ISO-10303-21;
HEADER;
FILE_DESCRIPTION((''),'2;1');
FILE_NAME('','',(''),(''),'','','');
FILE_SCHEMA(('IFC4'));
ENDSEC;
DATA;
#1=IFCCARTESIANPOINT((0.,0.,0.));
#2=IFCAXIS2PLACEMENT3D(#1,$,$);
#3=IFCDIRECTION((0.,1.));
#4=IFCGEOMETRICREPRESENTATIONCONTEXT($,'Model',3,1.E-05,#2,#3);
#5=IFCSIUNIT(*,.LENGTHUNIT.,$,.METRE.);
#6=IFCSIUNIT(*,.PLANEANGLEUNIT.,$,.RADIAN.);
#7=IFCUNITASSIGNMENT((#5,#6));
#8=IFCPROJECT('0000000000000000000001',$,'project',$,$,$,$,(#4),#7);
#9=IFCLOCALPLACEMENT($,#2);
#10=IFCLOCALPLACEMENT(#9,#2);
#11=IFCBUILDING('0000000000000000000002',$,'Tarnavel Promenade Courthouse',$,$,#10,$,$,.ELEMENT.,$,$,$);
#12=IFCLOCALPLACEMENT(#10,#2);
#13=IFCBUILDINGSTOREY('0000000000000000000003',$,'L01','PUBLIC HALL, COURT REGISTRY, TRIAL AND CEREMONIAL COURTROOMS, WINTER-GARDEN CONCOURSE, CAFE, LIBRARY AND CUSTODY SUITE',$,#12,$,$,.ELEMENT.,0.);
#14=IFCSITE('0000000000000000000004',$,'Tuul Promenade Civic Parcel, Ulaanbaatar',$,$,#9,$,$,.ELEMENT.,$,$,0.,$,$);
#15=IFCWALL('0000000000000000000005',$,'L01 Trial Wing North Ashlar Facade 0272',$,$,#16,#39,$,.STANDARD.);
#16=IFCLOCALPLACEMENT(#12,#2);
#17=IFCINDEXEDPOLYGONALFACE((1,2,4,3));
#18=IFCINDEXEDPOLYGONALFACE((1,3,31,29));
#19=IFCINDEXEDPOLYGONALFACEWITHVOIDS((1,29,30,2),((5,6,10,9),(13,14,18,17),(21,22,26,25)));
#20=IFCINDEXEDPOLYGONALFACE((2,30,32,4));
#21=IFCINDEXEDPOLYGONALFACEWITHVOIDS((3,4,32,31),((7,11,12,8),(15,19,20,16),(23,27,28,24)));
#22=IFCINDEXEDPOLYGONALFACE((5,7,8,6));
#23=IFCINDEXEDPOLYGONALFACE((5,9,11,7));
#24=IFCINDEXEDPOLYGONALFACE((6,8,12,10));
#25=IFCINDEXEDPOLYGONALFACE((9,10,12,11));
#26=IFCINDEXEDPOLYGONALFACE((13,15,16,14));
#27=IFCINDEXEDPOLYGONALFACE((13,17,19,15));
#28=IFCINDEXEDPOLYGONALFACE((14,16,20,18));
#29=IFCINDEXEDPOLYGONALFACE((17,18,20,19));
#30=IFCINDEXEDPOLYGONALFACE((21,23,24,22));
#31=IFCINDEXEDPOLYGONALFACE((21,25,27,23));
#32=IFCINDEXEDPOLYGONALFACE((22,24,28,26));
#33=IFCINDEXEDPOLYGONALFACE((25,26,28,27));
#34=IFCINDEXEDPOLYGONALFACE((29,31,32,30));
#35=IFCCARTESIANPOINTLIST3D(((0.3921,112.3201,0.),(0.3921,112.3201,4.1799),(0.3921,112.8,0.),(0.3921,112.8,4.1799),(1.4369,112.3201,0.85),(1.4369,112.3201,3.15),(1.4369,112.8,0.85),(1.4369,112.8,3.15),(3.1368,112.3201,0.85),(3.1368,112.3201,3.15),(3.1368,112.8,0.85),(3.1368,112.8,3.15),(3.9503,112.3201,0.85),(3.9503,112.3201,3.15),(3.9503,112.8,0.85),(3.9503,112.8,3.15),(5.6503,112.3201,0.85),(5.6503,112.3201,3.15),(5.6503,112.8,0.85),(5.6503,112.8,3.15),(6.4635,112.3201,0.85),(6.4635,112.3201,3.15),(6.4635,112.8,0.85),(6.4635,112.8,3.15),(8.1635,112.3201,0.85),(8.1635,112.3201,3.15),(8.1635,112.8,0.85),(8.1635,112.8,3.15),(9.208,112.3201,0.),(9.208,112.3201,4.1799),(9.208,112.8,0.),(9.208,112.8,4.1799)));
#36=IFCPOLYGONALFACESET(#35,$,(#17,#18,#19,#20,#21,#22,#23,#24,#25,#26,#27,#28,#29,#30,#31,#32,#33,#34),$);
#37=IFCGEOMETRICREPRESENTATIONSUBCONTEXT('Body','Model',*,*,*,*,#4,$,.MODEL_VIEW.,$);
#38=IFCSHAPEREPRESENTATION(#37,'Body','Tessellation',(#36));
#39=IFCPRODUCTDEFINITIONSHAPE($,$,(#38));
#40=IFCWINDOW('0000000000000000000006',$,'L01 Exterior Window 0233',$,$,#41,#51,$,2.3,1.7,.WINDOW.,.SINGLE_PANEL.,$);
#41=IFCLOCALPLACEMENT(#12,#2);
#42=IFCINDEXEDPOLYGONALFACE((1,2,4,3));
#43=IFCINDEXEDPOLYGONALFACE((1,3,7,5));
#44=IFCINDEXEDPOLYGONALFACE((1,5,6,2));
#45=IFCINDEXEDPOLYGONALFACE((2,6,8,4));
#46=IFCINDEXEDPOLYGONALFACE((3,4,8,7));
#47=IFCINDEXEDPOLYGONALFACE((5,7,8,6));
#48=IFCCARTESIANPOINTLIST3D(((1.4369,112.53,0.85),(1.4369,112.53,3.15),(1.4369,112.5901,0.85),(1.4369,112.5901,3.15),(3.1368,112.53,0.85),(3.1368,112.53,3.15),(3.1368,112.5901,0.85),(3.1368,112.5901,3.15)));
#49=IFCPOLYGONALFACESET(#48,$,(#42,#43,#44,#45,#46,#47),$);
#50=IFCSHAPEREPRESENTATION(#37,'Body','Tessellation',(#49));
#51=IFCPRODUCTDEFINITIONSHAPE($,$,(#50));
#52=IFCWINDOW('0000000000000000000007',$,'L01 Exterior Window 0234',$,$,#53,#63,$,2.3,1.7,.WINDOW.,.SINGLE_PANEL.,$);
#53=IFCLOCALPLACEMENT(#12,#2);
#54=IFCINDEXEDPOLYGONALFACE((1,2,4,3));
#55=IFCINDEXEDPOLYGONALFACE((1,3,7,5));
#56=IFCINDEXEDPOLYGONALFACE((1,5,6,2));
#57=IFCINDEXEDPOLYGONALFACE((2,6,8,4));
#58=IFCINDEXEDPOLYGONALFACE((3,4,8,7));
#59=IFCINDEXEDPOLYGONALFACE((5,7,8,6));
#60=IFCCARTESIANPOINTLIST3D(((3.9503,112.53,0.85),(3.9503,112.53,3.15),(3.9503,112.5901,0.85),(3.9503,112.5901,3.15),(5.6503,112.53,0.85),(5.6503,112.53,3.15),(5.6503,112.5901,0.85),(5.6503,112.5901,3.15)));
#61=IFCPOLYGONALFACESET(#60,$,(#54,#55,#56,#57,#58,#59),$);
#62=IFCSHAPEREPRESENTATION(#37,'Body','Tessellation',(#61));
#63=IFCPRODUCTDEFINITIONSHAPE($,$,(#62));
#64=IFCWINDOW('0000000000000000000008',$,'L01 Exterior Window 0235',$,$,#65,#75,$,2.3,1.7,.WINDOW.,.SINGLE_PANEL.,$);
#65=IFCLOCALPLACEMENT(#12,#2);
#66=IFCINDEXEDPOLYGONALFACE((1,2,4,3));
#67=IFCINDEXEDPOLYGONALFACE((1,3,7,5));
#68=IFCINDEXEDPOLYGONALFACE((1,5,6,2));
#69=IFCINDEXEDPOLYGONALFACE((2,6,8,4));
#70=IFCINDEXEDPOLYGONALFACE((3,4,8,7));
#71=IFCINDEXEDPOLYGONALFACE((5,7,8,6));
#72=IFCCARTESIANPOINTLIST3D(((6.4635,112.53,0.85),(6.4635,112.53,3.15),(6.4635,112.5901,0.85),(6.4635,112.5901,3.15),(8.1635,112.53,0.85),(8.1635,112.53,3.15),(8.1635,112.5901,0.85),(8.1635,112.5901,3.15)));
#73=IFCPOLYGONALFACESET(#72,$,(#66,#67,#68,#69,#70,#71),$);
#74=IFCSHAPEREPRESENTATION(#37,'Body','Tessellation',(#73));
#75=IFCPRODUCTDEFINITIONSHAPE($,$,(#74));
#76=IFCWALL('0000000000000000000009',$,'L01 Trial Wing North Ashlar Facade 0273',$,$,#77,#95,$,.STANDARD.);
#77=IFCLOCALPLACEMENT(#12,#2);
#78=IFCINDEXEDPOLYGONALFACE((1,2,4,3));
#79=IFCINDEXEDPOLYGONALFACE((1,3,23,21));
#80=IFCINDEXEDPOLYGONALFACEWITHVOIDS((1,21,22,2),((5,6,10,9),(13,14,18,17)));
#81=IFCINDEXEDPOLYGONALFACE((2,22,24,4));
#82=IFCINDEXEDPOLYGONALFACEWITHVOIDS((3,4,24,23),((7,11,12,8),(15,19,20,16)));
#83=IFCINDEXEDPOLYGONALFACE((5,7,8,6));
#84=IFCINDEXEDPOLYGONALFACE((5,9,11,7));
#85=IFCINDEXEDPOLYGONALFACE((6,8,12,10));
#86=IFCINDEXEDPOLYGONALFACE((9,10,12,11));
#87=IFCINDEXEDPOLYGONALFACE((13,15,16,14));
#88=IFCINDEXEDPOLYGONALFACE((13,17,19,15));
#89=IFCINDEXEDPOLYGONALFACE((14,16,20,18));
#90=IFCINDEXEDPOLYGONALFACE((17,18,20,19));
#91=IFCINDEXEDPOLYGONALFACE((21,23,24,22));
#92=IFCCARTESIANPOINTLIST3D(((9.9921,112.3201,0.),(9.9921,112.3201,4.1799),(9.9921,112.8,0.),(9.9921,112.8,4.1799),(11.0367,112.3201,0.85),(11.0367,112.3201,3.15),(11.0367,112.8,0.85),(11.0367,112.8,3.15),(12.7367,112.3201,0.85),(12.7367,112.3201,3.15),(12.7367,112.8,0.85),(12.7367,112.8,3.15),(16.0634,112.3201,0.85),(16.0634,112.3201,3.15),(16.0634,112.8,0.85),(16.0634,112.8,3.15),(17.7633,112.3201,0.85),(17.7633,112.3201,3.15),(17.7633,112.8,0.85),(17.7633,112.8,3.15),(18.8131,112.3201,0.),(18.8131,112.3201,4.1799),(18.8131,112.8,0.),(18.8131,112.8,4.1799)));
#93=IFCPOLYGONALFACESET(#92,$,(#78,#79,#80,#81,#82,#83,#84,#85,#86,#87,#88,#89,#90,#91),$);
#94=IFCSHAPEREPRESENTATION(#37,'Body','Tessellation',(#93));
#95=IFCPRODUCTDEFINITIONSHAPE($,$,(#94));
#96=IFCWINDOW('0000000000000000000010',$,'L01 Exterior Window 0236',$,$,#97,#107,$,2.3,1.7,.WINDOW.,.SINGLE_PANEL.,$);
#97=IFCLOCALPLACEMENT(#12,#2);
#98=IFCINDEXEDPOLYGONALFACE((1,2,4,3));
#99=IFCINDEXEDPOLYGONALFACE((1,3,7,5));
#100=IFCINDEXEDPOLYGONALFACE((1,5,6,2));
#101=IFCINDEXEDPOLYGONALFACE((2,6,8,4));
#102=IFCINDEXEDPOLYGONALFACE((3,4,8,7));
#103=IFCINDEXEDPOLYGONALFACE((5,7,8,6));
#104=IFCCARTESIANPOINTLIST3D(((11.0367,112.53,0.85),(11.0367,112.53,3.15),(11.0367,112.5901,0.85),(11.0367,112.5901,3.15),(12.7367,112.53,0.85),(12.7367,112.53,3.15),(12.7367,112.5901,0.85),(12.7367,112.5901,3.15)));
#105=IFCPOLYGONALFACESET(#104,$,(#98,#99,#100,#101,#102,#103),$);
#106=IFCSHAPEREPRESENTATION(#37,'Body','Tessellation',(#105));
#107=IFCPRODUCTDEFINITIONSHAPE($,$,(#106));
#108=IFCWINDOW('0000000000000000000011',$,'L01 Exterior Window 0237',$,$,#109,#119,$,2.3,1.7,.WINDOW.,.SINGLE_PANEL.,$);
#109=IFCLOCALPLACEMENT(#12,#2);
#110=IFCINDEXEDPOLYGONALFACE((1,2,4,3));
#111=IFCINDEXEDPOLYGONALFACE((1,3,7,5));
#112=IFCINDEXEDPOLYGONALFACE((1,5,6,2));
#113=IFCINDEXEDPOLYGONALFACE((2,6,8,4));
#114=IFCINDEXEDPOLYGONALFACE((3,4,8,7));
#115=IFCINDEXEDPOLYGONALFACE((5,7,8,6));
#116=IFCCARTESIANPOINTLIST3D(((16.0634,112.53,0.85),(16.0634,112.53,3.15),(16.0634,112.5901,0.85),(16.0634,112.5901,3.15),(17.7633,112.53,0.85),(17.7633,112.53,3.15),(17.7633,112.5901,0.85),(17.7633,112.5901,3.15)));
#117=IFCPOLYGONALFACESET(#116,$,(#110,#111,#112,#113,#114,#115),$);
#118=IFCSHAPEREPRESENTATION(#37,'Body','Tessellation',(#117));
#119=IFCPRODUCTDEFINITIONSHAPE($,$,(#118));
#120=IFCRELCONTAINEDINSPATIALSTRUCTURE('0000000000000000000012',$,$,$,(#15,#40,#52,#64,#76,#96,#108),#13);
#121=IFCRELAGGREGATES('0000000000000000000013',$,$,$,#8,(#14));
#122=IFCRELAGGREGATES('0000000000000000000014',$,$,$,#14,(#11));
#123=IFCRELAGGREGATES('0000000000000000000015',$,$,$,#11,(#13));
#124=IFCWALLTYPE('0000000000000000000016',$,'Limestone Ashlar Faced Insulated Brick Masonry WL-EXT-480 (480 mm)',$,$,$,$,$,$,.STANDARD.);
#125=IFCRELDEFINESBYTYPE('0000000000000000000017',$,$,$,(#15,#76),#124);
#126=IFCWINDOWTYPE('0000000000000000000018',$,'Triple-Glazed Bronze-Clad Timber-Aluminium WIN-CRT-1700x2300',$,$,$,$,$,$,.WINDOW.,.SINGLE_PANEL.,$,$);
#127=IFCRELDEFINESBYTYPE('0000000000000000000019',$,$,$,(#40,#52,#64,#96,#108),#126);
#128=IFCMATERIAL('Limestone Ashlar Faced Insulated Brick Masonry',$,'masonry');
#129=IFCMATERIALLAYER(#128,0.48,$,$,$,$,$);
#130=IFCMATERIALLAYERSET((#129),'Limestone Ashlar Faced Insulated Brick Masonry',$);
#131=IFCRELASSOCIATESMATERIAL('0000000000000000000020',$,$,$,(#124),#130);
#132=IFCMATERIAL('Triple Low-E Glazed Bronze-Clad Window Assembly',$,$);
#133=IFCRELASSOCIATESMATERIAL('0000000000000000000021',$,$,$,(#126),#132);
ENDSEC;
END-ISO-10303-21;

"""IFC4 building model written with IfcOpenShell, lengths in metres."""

from ifc_helpers import new_model, si_unit, direction, frame, frame_2d, origin, place, context, subcontext, project, spatial, rectangle, extrude, material, layer, layer_set, type_object, element, fill, save


model = new_model("IFC4")

# Units and contexts
model_context = context("Model", 3, precision=1e-05, world=origin(), true_north=direction((0.0, 1.0)))
body_context = subcontext(model_context, "Body", "Model", "MODEL_VIEW")
ifc_project = project(units=[si_unit("LENGTHUNIT", "METRE"), si_unit("PLANEANGLEUNIT", "RADIAN")], contexts=[model_context])

# Site, building, storey
site_placement = place(None, origin())
site = spatial("IfcSite", under=ifc_project, at=site_placement, Name="Tuul Promenade Civic Parcel, Ulaanbaatar", CompositionType="ELEMENT", RefElevation=0.0)
building_placement = place(site_placement, origin())
building = spatial("IfcBuilding", under=site, at=building_placement, Name="Tarnavel Promenade Courthouse", CompositionType="ELEMENT")
storey_placement = place(building_placement, origin())
storey = spatial("IfcBuildingStorey", under=building, at=storey_placement, Name="L01", Description="PUBLIC HALL, COURT REGISTRY, TRIAL AND CEREMONIAL COURTROOMS, WINTER-GARDEN CONCOURSE, CAFE, LIBRARY AND CUSTODY SUITE", CompositionType="ELEMENT", Elevation=0.0)

# Walls, openings, windows
ifc_material_1 = material(Name="Limestone Ashlar Faced Insulated Brick Masonry", Category="masonry")
ifc_layer = layer(ifc_material_1, 0.48)
ifc_layer_set = layer_set([ifc_layer], Name="Limestone Ashlar Faced Insulated Brick Masonry")
wall_type = type_object("IfcWallType", Name="Limestone Ashlar Faced Insulated Brick Masonry WL-EXT-480 (480 mm)", PredefinedType="STANDARD", material=ifc_layer_set)
wall_1_placement = place(storey_placement, frame((0.3921, 112.5601, 0.0), z_axis=(0.0, 0.0, 1.0), x_axis=(1.0, 0.0, 0.0)))
wall_1 = element("IfcWall", 1, at=wall_1_placement, inside=storey, type_object=wall_type, Name="L01 Trial Wing North Ashlar Facade 0272", PredefinedType="STANDARD", context=body_context, shape_type="SweptSolid", body=[
    extrude(rectangle(XDim=8.8159, YDim=0.48, at=frame_2d((4.408, 0.0))), origin(), (0.0, 0.0, 1.0), 4.1799),
])
opening_1_placement = place(wall_1_placement, frame((1.0447, 0.0, 0.8501)))
opening_1 = element("IfcOpeningElement", 2, at=opening_1_placement, cuts=wall_1, PredefinedType="OPENING", context=body_context, shape_type="SweptSolid", body=[
    extrude(rectangle(XDim=1.7, YDim=2.3, at=frame_2d((0.8501, 1.1499))), frame((0.0, 0.25, 0.0), z_axis=(0.0, -1.0, 0.0), x_axis=(1.0, 0.0, 0.0)), (0.0, 0.0, 1.0), 0.5),
])
opening_2_placement = place(wall_1_placement, frame((3.5581, 0.0, 0.8501)))
opening_2 = element("IfcOpeningElement", 3, at=opening_2_placement, cuts=wall_1, PredefinedType="OPENING", context=body_context, shape_type="SweptSolid", body=[
    extrude(rectangle(XDim=1.7, YDim=2.3, at=frame_2d((0.8501, 1.1499))), frame((0.0, 0.25, 0.0), z_axis=(0.0, -1.0, 0.0), x_axis=(1.0, 0.0, 0.0)), (0.0, 0.0, 1.0), 0.5),
])
opening_3_placement = place(wall_1_placement, frame((6.0713, 0.0, 0.8501)))
opening_3 = element("IfcOpeningElement", 4, at=opening_3_placement, cuts=wall_1, PredefinedType="OPENING", context=body_context, shape_type="SweptSolid", body=[
    extrude(rectangle(XDim=1.7, YDim=2.3, at=frame_2d((0.8501, 1.1499))), frame((0.0, 0.25, 0.0), z_axis=(0.0, -1.0, 0.0), x_axis=(1.0, 0.0, 0.0)), (0.0, 0.0, 1.0), 0.5),
])
ifc_material_2 = material(Name="Triple Low-E Glazed Bronze-Clad Window Assembly")
window_type = type_object("IfcWindowType", Name="Triple-Glazed Bronze-Clad Timber-Aluminium WIN-CRT-1700x2300", PartitioningType="SINGLE_PANEL", PredefinedType="WINDOW", material=ifc_material_2)
window_1_placement = place(opening_1_placement, origin())
window_1 = element("IfcWindow", 5, at=window_1_placement, inside=storey, type_object=window_type, Name="L01 Exterior Window 0233", OverallHeight=2.3, OverallWidth=1.7, PartitioningType="SINGLE_PANEL", PredefinedType="WINDOW", context=body_context, shape_type="SweptSolid", body=[
    extrude(rectangle(XDim=1.7, YDim=2.3, at=frame_2d((0.8501, 1.1499))), frame((0.0, 0.03, 0.0), z_axis=(0.0, -1.0, 0.0), x_axis=(1.0, 0.0, 0.0)), (0.0, 0.0, 1.0), 0.0601),
])
fill(opening_1, window_1)
window_2_placement = place(opening_2_placement, origin())
window_2 = element("IfcWindow", 6, at=window_2_placement, inside=storey, type_object=window_type, Name="L01 Exterior Window 0234", OverallHeight=2.3, OverallWidth=1.7, PartitioningType="SINGLE_PANEL", PredefinedType="WINDOW", context=body_context, shape_type="SweptSolid", body=[
    extrude(rectangle(XDim=1.7, YDim=2.3, at=frame_2d((0.8501, 1.1499))), frame((0.0, 0.03, 0.0), z_axis=(0.0, -1.0, 0.0), x_axis=(1.0, 0.0, 0.0)), (0.0, 0.0, 1.0), 0.0601),
])
fill(opening_2, window_2)
window_3_placement = place(opening_3_placement, origin())
window_3 = element("IfcWindow", 7, at=window_3_placement, inside=storey, type_object=window_type, Name="L01 Exterior Window 0235", OverallHeight=2.3, OverallWidth=1.7, PartitioningType="SINGLE_PANEL", PredefinedType="WINDOW", context=body_context, shape_type="SweptSolid", body=[
    extrude(rectangle(XDim=1.7, YDim=2.3, at=frame_2d((0.8501, 1.1499))), frame((0.0, 0.03, 0.0), z_axis=(0.0, -1.0, 0.0), x_axis=(1.0, 0.0, 0.0)), (0.0, 0.0, 1.0), 0.0601),
])
fill(opening_3, window_3)
wall_2_placement = place(storey_placement, frame((9.9919, 112.5601, 0.0), z_axis=(0.0, 0.0, 1.0), x_axis=(1.0, 0.0, 0.0)))
wall_2 = element("IfcWall", 8, at=wall_2_placement, inside=storey, type_object=wall_type, Name="L01 Trial Wing North Ashlar Facade 0273", PredefinedType="STANDARD", context=body_context, shape_type="SweptSolid", body=[
    extrude(rectangle(XDim=8.821, YDim=0.48, at=frame_2d((4.4106, 0.0))), origin(), (0.0, 0.0, 1.0), 4.1799),
])
opening_4_placement = place(wall_2_placement, frame((1.0447, 0.0, 0.8501)))
opening_4 = element("IfcOpeningElement", 9, at=opening_4_placement, cuts=wall_2, PredefinedType="OPENING", context=body_context, shape_type="SweptSolid", body=[
    extrude(rectangle(XDim=1.7, YDim=2.3, at=frame_2d((0.8501, 1.1499))), frame((0.0, 0.25, 0.0), z_axis=(0.0, -1.0, 0.0), x_axis=(1.0, 0.0, 0.0)), (0.0, 0.0, 1.0), 0.5),
])
opening_5_placement = place(wall_2_placement, frame((6.0713, 0.0, 0.8501)))
opening_5 = element("IfcOpeningElement", 10, at=opening_5_placement, cuts=wall_2, PredefinedType="OPENING", context=body_context, shape_type="SweptSolid", body=[
    extrude(rectangle(XDim=1.7, YDim=2.3, at=frame_2d((0.8501, 1.1499))), frame((0.0, 0.25, 0.0), z_axis=(0.0, -1.0, 0.0), x_axis=(1.0, 0.0, 0.0)), (0.0, 0.0, 1.0), 0.5),
])
window_4_placement = place(opening_4_placement, origin())
window_4 = element("IfcWindow", 11, at=window_4_placement, inside=storey, type_object=window_type, Name="L01 Exterior Window 0236", OverallHeight=2.3, OverallWidth=1.7, PartitioningType="SINGLE_PANEL", PredefinedType="WINDOW", context=body_context, shape_type="SweptSolid", body=[
    extrude(rectangle(XDim=1.7, YDim=2.3, at=frame_2d((0.8501, 1.1499))), frame((0.0, 0.03, 0.0), z_axis=(0.0, -1.0, 0.0), x_axis=(1.0, 0.0, 0.0)), (0.0, 0.0, 1.0), 0.0601),
])
fill(opening_4, window_4)
window_5_placement = place(opening_5_placement, origin())
window_5 = element("IfcWindow", 12, at=window_5_placement, inside=storey, type_object=window_type, Name="L01 Exterior Window 0237", OverallHeight=2.3, OverallWidth=1.7, PartitioningType="SINGLE_PANEL", PredefinedType="WINDOW", context=body_context, shape_type="SweptSolid", body=[
    extrude(rectangle(XDim=1.7, YDim=2.3, at=frame_2d((0.8501, 1.1499))), frame((0.0, 0.03, 0.0), z_axis=(0.0, -1.0, 0.0), x_axis=(1.0, 0.0, 0.0)), (0.0, 0.0, 1.0), 0.0601),
])
fill(opening_5, window_5)

save(model, "model.ifc")
